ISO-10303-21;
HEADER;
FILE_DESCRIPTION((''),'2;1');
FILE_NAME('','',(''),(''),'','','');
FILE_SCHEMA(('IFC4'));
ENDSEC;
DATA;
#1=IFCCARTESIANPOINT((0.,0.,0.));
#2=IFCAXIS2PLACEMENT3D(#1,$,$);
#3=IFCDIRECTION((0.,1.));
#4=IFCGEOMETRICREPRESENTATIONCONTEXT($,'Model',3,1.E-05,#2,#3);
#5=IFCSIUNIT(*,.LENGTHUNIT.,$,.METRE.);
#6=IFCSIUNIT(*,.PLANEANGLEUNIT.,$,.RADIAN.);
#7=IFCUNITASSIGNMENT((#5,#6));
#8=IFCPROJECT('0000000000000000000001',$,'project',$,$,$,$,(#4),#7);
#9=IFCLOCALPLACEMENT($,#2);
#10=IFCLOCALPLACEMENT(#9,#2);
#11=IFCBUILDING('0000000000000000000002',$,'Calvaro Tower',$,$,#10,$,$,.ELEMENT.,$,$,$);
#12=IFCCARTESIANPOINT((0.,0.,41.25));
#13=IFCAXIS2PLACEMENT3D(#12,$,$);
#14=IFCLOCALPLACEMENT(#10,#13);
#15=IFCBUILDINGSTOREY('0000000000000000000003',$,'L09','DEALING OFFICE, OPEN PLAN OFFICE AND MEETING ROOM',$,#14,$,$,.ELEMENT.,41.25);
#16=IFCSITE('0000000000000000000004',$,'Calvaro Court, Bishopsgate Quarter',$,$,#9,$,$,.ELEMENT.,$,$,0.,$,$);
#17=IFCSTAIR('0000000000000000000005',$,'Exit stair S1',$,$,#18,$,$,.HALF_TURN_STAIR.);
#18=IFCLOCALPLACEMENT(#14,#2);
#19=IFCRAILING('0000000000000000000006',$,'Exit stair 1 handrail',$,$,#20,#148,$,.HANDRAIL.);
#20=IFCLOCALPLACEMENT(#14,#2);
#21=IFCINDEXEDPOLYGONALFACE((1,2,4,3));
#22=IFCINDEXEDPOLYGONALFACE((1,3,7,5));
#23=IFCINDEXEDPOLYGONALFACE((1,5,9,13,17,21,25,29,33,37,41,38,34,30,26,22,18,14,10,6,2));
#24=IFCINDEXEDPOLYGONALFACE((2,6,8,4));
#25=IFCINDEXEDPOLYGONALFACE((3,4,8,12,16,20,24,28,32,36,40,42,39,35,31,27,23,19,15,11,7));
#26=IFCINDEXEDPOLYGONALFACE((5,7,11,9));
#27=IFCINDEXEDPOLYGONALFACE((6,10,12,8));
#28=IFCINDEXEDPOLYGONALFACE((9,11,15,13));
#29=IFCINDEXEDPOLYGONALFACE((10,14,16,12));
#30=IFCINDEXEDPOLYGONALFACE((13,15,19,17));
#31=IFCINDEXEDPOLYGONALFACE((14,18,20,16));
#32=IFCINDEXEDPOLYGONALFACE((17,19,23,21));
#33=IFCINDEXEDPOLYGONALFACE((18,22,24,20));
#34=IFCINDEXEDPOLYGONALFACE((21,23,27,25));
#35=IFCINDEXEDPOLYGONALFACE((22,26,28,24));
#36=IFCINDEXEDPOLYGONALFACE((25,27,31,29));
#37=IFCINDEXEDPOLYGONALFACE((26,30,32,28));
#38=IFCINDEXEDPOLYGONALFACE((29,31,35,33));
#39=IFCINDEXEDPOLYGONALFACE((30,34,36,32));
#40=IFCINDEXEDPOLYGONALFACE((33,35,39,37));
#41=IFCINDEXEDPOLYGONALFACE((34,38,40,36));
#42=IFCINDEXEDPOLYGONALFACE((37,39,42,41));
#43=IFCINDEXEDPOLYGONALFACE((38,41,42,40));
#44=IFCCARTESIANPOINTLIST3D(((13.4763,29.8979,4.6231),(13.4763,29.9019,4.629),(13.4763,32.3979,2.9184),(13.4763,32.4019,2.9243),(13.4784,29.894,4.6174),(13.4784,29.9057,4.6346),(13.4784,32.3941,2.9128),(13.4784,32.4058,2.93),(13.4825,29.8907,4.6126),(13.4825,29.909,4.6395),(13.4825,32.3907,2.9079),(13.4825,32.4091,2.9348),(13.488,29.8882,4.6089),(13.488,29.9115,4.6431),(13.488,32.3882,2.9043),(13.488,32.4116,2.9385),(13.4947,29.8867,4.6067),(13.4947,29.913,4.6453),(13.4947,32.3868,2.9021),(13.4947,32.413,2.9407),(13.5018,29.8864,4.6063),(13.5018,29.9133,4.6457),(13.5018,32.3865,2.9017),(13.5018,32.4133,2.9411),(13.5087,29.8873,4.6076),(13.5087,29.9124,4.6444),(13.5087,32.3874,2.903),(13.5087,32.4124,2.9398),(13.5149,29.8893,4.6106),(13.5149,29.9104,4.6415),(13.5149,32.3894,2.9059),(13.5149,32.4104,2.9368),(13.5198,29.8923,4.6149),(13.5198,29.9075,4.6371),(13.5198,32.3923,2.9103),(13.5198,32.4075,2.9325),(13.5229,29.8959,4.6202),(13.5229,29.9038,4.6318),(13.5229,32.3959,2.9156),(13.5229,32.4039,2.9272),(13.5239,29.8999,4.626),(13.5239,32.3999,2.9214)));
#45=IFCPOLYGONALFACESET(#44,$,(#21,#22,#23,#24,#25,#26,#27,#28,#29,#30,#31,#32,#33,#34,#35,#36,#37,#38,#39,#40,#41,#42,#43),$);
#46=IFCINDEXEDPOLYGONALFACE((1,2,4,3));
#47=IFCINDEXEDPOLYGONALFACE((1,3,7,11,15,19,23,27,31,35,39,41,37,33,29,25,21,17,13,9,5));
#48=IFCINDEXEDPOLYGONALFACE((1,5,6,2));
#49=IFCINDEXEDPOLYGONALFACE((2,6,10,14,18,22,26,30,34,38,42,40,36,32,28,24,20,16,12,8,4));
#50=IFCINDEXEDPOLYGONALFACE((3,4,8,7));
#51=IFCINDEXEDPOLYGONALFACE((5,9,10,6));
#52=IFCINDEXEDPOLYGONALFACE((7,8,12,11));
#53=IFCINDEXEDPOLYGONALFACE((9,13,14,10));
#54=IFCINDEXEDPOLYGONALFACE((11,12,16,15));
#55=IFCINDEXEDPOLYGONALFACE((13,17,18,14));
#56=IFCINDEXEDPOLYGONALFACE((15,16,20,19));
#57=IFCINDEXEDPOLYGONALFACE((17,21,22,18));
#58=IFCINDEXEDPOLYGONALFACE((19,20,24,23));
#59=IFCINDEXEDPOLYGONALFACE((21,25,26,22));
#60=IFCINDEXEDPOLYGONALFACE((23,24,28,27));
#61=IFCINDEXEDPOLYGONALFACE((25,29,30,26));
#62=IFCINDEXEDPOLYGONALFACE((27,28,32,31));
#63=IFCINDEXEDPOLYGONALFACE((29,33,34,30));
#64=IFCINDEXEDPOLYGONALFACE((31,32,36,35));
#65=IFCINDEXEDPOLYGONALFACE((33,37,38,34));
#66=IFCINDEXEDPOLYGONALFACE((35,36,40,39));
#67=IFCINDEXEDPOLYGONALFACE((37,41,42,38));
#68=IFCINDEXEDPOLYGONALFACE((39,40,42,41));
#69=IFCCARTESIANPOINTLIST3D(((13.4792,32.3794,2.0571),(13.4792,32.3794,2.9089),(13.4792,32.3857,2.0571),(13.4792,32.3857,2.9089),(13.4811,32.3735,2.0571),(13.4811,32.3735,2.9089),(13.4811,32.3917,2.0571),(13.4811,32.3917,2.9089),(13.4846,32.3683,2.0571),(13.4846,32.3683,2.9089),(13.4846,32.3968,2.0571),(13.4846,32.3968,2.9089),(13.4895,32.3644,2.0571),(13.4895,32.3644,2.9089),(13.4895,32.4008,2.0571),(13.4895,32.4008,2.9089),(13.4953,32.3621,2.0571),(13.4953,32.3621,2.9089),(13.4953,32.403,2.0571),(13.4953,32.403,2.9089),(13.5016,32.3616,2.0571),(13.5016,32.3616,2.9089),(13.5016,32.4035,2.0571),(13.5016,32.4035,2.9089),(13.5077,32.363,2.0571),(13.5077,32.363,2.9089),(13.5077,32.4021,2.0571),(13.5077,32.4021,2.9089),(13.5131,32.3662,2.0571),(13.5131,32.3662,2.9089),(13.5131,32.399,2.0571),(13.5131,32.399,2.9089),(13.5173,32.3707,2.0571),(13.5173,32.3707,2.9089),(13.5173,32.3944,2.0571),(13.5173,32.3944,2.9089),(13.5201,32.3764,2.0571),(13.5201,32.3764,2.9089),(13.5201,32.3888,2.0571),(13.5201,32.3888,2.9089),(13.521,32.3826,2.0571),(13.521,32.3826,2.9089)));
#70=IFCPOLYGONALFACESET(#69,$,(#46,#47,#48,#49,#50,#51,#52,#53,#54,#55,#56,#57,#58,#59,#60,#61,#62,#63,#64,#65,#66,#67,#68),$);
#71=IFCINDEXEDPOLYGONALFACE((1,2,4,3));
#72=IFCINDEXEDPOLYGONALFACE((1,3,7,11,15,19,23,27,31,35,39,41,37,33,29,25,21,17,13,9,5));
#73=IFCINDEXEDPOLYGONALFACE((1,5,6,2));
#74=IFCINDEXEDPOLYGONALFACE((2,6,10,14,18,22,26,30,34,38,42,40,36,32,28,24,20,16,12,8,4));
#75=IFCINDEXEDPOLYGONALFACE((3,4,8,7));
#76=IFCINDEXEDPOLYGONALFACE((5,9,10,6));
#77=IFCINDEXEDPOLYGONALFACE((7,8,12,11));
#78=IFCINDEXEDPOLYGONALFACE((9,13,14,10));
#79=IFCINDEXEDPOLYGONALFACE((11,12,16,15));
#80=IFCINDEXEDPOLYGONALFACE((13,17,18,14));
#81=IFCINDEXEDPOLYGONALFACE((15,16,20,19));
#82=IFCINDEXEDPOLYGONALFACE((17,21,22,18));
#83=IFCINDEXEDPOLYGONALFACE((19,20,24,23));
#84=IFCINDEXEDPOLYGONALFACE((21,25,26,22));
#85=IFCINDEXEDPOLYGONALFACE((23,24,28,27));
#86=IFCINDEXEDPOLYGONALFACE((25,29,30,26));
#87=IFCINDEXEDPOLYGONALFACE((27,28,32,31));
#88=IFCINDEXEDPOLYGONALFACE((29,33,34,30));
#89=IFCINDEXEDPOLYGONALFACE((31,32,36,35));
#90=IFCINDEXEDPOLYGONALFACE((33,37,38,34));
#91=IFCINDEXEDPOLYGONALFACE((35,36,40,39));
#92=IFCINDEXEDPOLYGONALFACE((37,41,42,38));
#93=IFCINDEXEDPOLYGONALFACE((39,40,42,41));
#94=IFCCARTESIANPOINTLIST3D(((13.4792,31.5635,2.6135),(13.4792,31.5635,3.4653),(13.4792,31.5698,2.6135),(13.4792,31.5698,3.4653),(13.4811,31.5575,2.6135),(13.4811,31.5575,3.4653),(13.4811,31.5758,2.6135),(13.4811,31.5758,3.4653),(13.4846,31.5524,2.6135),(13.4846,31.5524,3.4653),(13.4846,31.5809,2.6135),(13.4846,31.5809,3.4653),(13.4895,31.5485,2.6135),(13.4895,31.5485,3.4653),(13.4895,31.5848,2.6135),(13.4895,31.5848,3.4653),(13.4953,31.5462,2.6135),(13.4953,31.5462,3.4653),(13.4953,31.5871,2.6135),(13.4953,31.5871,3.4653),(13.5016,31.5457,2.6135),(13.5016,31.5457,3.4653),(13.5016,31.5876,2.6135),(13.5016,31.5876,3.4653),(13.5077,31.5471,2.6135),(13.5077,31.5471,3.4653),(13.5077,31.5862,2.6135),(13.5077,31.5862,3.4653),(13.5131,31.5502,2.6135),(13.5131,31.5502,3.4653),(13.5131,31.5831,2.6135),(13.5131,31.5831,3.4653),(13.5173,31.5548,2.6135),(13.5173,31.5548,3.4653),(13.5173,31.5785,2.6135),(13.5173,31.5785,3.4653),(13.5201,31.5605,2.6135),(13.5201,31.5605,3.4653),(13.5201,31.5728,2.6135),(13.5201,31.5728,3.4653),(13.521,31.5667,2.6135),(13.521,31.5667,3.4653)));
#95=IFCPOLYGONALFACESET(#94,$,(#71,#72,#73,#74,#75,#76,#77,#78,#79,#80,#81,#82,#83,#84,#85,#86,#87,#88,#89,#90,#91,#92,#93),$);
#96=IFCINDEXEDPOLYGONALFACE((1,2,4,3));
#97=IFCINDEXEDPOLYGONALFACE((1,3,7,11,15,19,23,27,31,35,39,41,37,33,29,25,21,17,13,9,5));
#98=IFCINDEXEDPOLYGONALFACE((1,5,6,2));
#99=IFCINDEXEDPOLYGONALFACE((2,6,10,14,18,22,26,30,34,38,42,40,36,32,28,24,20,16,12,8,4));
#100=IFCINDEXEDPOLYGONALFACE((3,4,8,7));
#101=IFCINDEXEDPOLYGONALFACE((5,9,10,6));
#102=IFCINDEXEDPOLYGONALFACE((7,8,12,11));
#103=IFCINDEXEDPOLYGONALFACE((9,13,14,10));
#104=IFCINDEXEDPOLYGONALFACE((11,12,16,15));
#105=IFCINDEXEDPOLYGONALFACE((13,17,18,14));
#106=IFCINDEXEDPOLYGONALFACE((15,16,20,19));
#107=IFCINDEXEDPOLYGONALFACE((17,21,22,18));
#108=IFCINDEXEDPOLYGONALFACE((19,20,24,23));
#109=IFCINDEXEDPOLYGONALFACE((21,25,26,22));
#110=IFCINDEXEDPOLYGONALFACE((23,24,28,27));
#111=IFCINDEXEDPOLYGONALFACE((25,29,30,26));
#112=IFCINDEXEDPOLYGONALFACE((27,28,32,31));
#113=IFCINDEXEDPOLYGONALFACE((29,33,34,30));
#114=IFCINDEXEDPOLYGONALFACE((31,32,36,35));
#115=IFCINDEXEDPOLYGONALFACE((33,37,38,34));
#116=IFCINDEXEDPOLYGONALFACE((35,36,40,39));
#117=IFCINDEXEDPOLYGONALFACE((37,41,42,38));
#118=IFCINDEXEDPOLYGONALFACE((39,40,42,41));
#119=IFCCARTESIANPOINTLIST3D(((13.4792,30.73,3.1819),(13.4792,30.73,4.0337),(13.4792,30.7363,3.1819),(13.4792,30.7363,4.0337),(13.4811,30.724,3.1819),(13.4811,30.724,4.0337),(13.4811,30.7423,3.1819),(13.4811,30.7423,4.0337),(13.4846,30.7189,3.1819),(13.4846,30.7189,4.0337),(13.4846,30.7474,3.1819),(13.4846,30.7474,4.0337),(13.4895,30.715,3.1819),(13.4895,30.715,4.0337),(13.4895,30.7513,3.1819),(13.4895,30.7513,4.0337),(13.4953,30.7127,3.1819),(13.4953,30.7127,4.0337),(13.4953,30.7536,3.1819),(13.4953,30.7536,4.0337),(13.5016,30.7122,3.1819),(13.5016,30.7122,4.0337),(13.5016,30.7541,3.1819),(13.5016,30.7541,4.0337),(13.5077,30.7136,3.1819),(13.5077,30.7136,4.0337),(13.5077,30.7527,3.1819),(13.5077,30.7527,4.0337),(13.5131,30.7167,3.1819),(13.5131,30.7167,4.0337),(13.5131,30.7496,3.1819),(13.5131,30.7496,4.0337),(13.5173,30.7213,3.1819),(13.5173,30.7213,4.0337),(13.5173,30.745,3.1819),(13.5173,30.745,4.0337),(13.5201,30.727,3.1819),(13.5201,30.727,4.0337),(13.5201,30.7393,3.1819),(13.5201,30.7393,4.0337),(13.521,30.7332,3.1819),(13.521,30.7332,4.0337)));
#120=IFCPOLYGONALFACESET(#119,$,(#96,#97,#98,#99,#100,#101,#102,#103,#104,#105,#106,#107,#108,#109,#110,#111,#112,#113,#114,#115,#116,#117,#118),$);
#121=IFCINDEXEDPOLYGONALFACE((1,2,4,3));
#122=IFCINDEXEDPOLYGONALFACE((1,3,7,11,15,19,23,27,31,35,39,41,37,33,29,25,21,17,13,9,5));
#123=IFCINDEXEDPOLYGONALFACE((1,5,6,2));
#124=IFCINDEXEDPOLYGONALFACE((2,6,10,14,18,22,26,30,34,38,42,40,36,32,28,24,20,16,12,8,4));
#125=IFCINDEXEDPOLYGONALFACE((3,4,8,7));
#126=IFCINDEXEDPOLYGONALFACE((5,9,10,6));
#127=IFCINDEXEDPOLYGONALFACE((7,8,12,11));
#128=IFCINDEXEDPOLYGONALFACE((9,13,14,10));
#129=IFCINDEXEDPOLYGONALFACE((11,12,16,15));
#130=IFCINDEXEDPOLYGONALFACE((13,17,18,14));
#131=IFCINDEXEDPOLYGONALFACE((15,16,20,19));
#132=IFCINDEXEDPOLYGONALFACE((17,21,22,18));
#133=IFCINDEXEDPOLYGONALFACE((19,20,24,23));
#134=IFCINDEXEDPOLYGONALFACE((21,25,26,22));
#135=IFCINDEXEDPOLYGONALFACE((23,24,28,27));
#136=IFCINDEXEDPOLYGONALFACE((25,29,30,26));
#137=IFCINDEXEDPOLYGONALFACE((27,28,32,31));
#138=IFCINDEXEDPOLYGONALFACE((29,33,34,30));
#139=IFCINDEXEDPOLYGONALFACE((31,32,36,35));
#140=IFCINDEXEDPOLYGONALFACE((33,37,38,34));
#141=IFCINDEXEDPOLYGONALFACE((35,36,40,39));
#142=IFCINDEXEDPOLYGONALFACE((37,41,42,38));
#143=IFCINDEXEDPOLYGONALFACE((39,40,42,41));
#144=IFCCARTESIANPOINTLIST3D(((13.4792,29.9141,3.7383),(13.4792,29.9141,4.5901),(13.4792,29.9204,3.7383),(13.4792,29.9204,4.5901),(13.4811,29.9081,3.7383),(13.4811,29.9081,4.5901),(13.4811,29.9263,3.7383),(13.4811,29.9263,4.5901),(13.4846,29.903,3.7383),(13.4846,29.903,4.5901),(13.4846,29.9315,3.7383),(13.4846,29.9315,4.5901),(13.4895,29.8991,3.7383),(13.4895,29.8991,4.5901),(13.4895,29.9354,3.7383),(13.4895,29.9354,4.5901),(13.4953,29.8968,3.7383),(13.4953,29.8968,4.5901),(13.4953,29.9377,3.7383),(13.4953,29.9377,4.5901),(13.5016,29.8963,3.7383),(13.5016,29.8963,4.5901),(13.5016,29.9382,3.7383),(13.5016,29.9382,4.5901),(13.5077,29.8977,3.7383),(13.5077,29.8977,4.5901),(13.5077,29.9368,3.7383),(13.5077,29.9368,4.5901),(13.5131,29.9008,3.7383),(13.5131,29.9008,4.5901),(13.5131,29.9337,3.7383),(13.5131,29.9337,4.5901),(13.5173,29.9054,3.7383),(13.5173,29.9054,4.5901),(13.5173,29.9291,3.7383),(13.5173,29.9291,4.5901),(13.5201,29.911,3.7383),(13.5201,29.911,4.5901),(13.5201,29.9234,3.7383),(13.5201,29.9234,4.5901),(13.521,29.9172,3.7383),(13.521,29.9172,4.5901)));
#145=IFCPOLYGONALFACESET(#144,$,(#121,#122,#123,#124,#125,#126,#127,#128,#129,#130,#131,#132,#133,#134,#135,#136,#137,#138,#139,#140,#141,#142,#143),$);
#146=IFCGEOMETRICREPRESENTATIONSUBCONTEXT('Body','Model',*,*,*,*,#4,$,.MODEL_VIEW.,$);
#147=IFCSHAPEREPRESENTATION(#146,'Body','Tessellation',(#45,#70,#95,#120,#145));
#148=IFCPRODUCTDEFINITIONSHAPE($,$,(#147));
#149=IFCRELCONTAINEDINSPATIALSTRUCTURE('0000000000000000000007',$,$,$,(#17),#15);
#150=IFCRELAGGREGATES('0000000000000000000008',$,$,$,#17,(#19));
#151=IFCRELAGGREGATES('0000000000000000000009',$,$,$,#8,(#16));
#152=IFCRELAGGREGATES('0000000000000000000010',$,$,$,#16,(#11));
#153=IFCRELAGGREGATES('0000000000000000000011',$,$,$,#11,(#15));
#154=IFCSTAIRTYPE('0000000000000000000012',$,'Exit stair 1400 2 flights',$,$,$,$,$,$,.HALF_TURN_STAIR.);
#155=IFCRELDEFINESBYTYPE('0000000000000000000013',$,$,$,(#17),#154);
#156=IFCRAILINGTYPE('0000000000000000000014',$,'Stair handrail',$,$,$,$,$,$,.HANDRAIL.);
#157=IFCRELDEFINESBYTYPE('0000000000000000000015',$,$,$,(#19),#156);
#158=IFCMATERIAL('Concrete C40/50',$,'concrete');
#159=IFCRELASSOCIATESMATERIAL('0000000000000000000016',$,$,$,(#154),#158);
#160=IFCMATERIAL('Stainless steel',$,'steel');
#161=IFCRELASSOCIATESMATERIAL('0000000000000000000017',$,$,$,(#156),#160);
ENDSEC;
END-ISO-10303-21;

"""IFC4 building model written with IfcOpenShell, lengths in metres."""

from ifc_helpers import new_model, si_unit, direction, frame, origin, origin_2d, place, context, subcontext, project, spatial, circle, extrude, material, type_object, element, aggregate, save


model = new_model("IFC4")

# Units and contexts
model_context = context("Model", 3, precision=1e-05, world=origin(), true_north=direction((0.0, 1.0)))
body_context = subcontext(model_context, "Body", "Model", "MODEL_VIEW")
ifc_project = project(units=[si_unit("LENGTHUNIT", "METRE"), si_unit("PLANEANGLEUNIT", "RADIAN")], contexts=[model_context])

# Site, building, storey
site_placement = place(None, origin())
site = spatial("IfcSite", under=ifc_project, at=site_placement, Name="Calvaro Court, Bishopsgate Quarter", CompositionType="ELEMENT", RefElevation=0.0)
building_placement = place(site_placement, origin())
building = spatial("IfcBuilding", under=site, at=building_placement, Name="Calvaro Tower", CompositionType="ELEMENT")
storey_placement = place(building_placement, frame((0.0, 0.0, 41.25)))
storey = spatial("IfcBuildingStorey", under=building, at=storey_placement, Name="L09", Description="DEALING OFFICE, OPEN PLAN OFFICE AND MEETING ROOM", CompositionType="ELEMENT", Elevation=41.25)

# Stair, railing
ifc_material_1 = material(Name="Concrete C40/50", Category="concrete")
stair_type = type_object("IfcStairType", Name="Exit stair 1400 2 flights", PredefinedType="HALF_TURN_STAIR", material=ifc_material_1)
stair_placement = place(storey_placement, origin())
stair = element("IfcStair", 1, at=stair_placement, inside=storey, type_object=stair_type, Name="Exit stair S1", PredefinedType="HALF_TURN_STAIR")
ifc_material_2 = material(Name="Stainless steel", Category="steel")
railing_type = type_object("IfcRailingType", Name="Stair handrail", PredefinedType="HANDRAIL", material=ifc_material_2)
railing_1_placement = place(storey_placement, frame((13.5, 32.3999, 2.0454)))
railing_1 = element("IfcRailing", 2, at=railing_1_placement, type_object=railing_type, Name="Exit stair 1 handrail", PredefinedType="HANDRAIL", context=body_context, shape_type="SweptSolid", body=[
    extrude(circle(Radius=0.0239, at=origin_2d()), frame((0.0, 0.0, 0.876), z_axis=(0.0, -0.826221, 0.563347), x_axis=(1.0, 0.0, 0.0)), (0.0, 0.0, 1.0), 3.0259),
    extrude(circle(Radius=0.021, at=origin_2d()), frame((0.0, -0.0173, 0.0117)), (0.0, 0.0, 1.0), 0.8518),
    extrude(circle(Radius=0.021, at=origin_2d()), frame((0.0, -0.8333, 0.5681)), (0.0, 0.0, 1.0), 0.8518),
    extrude(circle(Radius=0.021, at=origin_2d()), frame((0.0, -1.6667, 1.1365)), (0.0, 0.0, 1.0), 0.8518),
    extrude(circle(Radius=0.021, at=origin_2d()), frame((0.0, -2.4827, 1.6929)), (0.0, 0.0, 1.0), 0.8518),
])
aggregate(stair, [railing_1])

save(model, "model.ifc")
